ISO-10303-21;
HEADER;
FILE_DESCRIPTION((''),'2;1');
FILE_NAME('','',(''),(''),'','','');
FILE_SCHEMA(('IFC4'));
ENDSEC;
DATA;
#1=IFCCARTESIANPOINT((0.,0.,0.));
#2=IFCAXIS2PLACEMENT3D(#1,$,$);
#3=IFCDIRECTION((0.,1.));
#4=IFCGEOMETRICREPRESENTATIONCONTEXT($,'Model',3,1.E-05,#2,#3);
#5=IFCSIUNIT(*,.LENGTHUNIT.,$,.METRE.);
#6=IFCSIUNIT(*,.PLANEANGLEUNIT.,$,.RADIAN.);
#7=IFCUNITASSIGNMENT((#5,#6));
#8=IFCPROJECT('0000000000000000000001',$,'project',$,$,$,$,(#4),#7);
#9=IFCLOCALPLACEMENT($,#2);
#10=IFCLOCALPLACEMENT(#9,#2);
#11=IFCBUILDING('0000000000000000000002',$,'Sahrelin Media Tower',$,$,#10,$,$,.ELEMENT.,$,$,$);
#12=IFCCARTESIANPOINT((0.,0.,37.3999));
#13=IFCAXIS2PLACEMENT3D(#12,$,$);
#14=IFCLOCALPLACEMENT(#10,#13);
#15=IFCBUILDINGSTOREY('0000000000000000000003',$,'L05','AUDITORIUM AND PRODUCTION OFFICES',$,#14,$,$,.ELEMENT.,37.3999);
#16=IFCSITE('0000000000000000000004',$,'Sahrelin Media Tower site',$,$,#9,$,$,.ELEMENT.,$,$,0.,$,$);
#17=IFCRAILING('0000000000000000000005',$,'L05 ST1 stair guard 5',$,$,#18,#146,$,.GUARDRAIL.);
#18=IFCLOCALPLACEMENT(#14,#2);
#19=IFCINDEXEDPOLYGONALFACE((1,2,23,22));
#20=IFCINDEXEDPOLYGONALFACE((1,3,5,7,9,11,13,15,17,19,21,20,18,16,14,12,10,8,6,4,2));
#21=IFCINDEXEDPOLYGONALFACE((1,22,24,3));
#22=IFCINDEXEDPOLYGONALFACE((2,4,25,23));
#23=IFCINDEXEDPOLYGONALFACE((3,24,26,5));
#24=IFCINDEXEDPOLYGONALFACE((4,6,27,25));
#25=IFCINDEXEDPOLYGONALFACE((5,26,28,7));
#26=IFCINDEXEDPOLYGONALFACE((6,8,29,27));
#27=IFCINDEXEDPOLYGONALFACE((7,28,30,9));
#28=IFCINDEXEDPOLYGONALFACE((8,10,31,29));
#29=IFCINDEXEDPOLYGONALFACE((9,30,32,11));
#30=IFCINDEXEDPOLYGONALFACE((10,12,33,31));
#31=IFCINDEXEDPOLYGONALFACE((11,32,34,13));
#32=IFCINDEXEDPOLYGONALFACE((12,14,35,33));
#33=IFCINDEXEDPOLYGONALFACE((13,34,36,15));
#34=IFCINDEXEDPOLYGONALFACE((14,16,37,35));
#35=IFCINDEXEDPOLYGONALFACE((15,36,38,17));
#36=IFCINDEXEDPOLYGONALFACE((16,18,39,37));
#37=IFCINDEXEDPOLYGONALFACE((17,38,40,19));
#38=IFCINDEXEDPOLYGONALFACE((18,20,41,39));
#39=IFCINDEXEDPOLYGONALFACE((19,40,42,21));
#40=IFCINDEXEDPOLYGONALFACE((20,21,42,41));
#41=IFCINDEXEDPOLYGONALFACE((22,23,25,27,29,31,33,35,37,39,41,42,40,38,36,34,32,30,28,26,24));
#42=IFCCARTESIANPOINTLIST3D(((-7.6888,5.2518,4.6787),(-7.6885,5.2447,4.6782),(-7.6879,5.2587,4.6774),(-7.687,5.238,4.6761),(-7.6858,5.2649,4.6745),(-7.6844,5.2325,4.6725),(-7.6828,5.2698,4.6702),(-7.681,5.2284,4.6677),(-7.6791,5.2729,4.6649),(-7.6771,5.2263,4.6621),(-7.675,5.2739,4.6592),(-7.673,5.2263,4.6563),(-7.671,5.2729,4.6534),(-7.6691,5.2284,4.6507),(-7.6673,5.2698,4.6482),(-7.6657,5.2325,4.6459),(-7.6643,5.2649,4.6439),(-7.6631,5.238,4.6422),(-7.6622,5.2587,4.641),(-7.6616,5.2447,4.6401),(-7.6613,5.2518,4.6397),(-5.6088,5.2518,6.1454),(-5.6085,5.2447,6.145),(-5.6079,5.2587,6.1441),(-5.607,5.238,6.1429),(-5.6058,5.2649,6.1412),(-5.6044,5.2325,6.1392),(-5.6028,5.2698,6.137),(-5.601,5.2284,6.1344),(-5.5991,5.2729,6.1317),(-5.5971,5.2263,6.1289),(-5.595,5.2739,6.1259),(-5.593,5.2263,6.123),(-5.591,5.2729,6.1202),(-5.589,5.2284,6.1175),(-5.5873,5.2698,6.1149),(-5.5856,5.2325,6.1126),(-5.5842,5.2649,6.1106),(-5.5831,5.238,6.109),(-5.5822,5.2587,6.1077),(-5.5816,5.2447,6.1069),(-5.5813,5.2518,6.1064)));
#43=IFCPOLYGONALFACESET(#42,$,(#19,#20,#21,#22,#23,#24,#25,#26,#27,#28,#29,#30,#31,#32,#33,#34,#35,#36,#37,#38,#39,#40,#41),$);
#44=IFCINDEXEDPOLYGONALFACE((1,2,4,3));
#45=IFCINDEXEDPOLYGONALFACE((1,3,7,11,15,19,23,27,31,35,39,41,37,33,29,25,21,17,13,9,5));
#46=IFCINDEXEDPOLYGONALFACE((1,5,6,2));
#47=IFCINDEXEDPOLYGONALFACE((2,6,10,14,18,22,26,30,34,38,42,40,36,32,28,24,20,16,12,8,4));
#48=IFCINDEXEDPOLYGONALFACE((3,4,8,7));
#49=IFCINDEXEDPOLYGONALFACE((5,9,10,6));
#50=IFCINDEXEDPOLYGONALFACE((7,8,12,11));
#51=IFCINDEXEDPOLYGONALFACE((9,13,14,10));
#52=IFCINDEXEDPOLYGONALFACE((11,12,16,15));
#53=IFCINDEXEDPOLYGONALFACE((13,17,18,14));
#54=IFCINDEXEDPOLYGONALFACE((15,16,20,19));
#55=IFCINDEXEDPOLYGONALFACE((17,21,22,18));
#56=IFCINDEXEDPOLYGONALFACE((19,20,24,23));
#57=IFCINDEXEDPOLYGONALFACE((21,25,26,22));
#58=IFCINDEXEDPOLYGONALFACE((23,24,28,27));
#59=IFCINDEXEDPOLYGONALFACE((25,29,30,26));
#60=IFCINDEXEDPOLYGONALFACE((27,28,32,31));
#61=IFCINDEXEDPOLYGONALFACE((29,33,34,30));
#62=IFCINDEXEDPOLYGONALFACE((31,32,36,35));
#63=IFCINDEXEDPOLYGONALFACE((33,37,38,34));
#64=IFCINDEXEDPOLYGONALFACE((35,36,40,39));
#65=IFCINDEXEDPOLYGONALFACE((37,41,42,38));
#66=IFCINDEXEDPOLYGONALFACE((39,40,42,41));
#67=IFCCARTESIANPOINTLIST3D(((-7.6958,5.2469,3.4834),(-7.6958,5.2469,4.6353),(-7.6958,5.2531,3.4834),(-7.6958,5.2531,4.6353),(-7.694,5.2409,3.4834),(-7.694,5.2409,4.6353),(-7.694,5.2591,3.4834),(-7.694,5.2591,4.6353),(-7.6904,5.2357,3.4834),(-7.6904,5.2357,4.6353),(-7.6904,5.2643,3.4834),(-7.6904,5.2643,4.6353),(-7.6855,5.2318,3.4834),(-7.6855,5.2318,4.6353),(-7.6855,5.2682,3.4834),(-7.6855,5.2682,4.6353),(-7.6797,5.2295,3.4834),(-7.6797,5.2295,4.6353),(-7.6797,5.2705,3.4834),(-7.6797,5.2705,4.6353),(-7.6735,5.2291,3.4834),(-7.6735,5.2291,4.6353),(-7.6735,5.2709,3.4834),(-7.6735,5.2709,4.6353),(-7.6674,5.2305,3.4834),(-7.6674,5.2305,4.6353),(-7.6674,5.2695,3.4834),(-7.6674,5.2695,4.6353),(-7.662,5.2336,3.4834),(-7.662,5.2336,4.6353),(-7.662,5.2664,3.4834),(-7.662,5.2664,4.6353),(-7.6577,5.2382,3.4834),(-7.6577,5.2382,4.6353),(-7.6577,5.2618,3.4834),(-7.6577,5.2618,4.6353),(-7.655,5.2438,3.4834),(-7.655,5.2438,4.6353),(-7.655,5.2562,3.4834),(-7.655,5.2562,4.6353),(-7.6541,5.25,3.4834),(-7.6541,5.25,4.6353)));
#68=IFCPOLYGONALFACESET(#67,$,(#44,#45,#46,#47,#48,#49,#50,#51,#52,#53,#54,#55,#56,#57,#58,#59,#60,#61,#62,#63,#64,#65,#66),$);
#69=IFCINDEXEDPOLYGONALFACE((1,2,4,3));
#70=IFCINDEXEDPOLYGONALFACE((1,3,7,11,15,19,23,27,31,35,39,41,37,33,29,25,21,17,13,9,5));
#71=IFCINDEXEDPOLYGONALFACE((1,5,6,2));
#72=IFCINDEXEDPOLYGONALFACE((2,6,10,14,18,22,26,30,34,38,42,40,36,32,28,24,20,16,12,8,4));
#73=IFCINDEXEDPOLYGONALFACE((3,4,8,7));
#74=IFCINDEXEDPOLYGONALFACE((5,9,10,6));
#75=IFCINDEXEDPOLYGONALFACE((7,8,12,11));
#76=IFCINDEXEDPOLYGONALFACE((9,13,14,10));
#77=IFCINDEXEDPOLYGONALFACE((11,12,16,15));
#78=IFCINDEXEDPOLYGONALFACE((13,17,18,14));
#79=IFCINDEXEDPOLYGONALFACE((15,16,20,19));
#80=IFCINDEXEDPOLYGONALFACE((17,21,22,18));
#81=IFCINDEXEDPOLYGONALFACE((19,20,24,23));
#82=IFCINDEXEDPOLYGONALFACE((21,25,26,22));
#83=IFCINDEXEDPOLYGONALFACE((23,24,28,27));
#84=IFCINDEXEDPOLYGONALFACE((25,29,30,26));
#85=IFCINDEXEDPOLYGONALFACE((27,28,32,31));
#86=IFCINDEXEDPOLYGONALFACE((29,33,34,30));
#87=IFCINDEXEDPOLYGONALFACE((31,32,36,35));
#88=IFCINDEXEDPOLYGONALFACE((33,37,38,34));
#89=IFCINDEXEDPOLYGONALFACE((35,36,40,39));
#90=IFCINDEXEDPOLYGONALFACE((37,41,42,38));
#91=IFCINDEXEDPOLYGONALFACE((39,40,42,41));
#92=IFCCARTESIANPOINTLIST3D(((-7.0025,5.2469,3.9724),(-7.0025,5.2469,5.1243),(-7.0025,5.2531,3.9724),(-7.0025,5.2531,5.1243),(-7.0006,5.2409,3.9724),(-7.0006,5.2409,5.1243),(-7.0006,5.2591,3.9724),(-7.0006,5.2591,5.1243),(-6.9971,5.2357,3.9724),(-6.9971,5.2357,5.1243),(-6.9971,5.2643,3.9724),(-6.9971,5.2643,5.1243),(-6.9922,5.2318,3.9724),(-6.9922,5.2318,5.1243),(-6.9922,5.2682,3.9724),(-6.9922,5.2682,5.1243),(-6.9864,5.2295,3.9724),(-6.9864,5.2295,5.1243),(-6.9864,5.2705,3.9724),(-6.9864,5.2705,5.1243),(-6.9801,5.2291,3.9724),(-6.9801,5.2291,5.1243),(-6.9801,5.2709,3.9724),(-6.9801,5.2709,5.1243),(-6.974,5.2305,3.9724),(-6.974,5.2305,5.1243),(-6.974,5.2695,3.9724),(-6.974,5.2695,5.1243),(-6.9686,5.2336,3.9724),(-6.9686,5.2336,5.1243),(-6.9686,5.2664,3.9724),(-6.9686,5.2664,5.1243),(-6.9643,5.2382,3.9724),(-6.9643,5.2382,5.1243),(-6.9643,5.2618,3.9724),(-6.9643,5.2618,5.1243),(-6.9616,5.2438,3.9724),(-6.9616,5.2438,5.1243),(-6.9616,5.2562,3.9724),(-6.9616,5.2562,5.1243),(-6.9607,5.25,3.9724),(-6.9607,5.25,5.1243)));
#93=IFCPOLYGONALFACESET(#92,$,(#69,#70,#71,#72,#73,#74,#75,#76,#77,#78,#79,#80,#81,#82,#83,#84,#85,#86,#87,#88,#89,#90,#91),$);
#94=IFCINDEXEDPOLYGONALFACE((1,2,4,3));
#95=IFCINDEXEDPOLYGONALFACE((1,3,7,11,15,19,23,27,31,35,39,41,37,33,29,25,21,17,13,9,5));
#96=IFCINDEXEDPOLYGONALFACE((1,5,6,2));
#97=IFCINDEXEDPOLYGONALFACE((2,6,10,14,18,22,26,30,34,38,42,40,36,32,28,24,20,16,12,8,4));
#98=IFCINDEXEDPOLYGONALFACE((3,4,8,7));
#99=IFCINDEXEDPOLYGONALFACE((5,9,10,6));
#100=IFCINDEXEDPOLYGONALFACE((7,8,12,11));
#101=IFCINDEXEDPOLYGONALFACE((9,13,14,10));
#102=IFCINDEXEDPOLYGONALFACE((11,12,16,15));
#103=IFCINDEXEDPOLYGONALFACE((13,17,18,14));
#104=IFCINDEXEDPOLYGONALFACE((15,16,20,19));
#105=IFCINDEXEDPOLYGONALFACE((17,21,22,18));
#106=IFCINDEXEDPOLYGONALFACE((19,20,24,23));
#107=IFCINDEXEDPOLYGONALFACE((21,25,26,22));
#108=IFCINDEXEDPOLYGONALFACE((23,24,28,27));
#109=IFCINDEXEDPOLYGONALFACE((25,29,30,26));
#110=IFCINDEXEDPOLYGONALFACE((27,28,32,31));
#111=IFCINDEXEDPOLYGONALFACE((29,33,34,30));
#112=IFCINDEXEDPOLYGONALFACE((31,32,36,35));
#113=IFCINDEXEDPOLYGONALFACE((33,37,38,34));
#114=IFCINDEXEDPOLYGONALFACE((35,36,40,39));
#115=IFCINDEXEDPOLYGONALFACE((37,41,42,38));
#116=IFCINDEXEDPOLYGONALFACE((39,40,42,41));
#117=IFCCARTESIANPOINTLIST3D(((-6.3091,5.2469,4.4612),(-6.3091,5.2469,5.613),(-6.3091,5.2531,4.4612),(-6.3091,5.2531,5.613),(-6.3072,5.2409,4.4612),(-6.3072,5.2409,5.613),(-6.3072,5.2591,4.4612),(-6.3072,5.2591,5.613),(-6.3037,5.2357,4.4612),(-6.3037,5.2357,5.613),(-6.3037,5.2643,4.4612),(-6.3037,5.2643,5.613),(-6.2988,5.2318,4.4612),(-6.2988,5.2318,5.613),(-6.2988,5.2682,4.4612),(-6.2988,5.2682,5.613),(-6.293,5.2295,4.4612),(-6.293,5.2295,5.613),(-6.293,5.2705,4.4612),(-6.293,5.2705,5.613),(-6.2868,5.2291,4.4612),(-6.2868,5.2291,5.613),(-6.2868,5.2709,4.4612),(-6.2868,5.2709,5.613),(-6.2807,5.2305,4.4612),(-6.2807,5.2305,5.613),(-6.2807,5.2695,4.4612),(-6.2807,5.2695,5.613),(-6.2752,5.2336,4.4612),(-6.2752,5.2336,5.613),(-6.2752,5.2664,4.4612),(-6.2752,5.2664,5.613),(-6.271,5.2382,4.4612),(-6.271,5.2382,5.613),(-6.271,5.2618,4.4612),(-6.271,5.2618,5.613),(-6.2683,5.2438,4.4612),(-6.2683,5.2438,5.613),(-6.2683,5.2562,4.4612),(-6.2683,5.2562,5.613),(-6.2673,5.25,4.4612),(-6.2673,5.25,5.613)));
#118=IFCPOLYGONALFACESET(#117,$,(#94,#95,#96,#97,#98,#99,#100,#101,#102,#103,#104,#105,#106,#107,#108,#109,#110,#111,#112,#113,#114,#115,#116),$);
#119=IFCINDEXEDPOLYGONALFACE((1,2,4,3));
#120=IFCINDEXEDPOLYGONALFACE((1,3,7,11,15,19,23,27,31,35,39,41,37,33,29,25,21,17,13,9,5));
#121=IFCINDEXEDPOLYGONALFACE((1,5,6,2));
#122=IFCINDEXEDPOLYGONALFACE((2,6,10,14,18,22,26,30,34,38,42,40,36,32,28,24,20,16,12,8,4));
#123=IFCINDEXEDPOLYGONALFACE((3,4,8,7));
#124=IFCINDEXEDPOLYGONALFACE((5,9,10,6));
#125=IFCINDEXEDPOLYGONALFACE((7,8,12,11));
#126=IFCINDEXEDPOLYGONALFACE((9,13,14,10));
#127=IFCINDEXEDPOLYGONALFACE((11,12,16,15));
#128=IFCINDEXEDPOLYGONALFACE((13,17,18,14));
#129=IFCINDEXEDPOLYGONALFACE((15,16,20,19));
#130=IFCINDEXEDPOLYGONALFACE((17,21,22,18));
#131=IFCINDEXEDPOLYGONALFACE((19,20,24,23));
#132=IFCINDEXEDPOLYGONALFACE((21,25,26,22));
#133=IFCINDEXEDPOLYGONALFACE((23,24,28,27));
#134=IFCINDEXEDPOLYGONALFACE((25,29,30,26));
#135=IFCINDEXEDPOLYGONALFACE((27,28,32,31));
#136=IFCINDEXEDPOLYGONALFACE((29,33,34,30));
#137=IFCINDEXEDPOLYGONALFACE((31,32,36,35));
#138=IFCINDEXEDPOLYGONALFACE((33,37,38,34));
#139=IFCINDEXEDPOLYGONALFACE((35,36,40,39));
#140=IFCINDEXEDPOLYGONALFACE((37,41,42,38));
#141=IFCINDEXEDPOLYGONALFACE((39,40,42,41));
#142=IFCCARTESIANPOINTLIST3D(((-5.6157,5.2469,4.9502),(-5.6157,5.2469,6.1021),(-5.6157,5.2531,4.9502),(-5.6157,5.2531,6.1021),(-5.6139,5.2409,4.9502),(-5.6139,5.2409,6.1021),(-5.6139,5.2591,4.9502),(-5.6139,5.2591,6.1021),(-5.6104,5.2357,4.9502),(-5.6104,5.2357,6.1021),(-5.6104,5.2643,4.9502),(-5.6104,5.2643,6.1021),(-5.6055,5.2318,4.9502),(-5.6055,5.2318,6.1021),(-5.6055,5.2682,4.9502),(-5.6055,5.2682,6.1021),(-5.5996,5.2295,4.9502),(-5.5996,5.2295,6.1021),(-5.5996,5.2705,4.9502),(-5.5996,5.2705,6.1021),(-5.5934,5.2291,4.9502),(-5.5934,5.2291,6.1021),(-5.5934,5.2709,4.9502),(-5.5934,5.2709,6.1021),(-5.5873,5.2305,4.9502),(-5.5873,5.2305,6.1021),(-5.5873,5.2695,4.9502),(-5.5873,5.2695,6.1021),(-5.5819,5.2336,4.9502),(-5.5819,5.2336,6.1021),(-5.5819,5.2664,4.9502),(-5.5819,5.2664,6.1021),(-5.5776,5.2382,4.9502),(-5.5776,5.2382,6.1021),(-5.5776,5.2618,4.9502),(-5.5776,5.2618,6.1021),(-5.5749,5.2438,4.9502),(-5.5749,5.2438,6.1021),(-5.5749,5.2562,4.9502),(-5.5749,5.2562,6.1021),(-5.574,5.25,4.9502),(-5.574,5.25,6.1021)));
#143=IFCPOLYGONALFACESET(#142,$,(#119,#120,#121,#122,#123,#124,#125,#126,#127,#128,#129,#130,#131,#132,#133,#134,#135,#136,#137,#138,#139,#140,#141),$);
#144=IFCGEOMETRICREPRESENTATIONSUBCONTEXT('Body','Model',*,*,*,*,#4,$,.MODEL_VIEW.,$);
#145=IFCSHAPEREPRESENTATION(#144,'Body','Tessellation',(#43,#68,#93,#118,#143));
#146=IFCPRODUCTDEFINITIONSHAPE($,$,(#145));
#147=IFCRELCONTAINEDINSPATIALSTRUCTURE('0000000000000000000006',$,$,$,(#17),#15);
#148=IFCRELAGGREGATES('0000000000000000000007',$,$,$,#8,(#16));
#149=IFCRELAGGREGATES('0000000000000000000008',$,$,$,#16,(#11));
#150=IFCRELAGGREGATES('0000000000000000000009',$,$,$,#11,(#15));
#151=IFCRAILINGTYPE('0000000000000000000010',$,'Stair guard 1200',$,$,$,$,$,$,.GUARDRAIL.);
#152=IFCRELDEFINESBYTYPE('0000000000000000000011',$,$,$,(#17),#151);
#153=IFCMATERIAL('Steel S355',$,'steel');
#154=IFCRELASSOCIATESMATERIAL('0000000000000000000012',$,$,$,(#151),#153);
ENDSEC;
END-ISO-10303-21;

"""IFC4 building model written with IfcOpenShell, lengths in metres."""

from ifc_helpers import new_model, si_unit, direction, frame, origin, origin_2d, place, context, subcontext, project, spatial, circle, extrude, material, type_object, element, save


model = new_model("IFC4")

# Units and contexts
model_context = context("Model", 3, precision=1e-05, world=origin(), true_north=direction((0.0, 1.0)))
body_context = subcontext(model_context, "Body", "Model", "MODEL_VIEW")
ifc_project = project(units=[si_unit("LENGTHUNIT", "METRE"), si_unit("PLANEANGLEUNIT", "RADIAN")], contexts=[model_context])

# Site, building, storey
site_placement = place(None, origin())
site = spatial("IfcSite", under=ifc_project, at=site_placement, Name="Sahrelin Media Tower site", CompositionType="ELEMENT", RefElevation=0.0)
building_placement = place(site_placement, origin())
building = spatial("IfcBuilding", under=site, at=building_placement, Name="Sahrelin Media Tower", CompositionType="ELEMENT")
storey_placement = place(building_placement, frame((0.0, 0.0, 37.3999)))
storey = spatial("IfcBuildingStorey", under=building, at=storey_placement, Name="L05", Description="AUDITORIUM AND PRODUCTION OFFICES", CompositionType="ELEMENT", Elevation=37.3999)

# Shared definitions
ifc_material_1 = material(Name="Steel S355", Category="steel")

# Railing
railing_type_1 = type_object("IfcRailingType", Name="Stair guard 1200", PredefinedType="GUARDRAIL", material=ifc_material_1)
railing_1_placement = place(storey_placement, frame((-7.675, 5.25, 3.4834)))
element("IfcRailing", 1, at=railing_1_placement, inside=storey, type_object=railing_type_1, Name="L05 ST1 stair guard 5", PredefinedType="GUARDRAIL", context=body_context, shape_type="SweptSolid", body=[
    extrude(circle(Radius=0.0239, at=origin_2d()), frame((0.0, 0.0, 1.1758), z_axis=(0.817244, 0.0, 0.576291), x_axis=(0.0, 1.0, 0.0)), (0.0, 0.0, 1.0), 2.5452),
    extrude(circle(Radius=0.021, at=origin_2d()), origin(), (0.0, 0.0, 1.0), 1.1519),
    extrude(circle(Radius=0.021, at=origin_2d()), frame((0.6934, 0.0, 0.489)), (0.0, 0.0, 1.0), 1.1519),
    extrude(circle(Radius=0.021, at=origin_2d()), frame((1.3867, 0.0, 0.9778)), (0.0, 0.0, 1.0), 1.1519),
    extrude(circle(Radius=0.021, at=origin_2d()), frame((2.0801, 0.0, 1.4668)), (0.0, 0.0, 1.0), 1.1519),
])

save(model, "model.ifc")
